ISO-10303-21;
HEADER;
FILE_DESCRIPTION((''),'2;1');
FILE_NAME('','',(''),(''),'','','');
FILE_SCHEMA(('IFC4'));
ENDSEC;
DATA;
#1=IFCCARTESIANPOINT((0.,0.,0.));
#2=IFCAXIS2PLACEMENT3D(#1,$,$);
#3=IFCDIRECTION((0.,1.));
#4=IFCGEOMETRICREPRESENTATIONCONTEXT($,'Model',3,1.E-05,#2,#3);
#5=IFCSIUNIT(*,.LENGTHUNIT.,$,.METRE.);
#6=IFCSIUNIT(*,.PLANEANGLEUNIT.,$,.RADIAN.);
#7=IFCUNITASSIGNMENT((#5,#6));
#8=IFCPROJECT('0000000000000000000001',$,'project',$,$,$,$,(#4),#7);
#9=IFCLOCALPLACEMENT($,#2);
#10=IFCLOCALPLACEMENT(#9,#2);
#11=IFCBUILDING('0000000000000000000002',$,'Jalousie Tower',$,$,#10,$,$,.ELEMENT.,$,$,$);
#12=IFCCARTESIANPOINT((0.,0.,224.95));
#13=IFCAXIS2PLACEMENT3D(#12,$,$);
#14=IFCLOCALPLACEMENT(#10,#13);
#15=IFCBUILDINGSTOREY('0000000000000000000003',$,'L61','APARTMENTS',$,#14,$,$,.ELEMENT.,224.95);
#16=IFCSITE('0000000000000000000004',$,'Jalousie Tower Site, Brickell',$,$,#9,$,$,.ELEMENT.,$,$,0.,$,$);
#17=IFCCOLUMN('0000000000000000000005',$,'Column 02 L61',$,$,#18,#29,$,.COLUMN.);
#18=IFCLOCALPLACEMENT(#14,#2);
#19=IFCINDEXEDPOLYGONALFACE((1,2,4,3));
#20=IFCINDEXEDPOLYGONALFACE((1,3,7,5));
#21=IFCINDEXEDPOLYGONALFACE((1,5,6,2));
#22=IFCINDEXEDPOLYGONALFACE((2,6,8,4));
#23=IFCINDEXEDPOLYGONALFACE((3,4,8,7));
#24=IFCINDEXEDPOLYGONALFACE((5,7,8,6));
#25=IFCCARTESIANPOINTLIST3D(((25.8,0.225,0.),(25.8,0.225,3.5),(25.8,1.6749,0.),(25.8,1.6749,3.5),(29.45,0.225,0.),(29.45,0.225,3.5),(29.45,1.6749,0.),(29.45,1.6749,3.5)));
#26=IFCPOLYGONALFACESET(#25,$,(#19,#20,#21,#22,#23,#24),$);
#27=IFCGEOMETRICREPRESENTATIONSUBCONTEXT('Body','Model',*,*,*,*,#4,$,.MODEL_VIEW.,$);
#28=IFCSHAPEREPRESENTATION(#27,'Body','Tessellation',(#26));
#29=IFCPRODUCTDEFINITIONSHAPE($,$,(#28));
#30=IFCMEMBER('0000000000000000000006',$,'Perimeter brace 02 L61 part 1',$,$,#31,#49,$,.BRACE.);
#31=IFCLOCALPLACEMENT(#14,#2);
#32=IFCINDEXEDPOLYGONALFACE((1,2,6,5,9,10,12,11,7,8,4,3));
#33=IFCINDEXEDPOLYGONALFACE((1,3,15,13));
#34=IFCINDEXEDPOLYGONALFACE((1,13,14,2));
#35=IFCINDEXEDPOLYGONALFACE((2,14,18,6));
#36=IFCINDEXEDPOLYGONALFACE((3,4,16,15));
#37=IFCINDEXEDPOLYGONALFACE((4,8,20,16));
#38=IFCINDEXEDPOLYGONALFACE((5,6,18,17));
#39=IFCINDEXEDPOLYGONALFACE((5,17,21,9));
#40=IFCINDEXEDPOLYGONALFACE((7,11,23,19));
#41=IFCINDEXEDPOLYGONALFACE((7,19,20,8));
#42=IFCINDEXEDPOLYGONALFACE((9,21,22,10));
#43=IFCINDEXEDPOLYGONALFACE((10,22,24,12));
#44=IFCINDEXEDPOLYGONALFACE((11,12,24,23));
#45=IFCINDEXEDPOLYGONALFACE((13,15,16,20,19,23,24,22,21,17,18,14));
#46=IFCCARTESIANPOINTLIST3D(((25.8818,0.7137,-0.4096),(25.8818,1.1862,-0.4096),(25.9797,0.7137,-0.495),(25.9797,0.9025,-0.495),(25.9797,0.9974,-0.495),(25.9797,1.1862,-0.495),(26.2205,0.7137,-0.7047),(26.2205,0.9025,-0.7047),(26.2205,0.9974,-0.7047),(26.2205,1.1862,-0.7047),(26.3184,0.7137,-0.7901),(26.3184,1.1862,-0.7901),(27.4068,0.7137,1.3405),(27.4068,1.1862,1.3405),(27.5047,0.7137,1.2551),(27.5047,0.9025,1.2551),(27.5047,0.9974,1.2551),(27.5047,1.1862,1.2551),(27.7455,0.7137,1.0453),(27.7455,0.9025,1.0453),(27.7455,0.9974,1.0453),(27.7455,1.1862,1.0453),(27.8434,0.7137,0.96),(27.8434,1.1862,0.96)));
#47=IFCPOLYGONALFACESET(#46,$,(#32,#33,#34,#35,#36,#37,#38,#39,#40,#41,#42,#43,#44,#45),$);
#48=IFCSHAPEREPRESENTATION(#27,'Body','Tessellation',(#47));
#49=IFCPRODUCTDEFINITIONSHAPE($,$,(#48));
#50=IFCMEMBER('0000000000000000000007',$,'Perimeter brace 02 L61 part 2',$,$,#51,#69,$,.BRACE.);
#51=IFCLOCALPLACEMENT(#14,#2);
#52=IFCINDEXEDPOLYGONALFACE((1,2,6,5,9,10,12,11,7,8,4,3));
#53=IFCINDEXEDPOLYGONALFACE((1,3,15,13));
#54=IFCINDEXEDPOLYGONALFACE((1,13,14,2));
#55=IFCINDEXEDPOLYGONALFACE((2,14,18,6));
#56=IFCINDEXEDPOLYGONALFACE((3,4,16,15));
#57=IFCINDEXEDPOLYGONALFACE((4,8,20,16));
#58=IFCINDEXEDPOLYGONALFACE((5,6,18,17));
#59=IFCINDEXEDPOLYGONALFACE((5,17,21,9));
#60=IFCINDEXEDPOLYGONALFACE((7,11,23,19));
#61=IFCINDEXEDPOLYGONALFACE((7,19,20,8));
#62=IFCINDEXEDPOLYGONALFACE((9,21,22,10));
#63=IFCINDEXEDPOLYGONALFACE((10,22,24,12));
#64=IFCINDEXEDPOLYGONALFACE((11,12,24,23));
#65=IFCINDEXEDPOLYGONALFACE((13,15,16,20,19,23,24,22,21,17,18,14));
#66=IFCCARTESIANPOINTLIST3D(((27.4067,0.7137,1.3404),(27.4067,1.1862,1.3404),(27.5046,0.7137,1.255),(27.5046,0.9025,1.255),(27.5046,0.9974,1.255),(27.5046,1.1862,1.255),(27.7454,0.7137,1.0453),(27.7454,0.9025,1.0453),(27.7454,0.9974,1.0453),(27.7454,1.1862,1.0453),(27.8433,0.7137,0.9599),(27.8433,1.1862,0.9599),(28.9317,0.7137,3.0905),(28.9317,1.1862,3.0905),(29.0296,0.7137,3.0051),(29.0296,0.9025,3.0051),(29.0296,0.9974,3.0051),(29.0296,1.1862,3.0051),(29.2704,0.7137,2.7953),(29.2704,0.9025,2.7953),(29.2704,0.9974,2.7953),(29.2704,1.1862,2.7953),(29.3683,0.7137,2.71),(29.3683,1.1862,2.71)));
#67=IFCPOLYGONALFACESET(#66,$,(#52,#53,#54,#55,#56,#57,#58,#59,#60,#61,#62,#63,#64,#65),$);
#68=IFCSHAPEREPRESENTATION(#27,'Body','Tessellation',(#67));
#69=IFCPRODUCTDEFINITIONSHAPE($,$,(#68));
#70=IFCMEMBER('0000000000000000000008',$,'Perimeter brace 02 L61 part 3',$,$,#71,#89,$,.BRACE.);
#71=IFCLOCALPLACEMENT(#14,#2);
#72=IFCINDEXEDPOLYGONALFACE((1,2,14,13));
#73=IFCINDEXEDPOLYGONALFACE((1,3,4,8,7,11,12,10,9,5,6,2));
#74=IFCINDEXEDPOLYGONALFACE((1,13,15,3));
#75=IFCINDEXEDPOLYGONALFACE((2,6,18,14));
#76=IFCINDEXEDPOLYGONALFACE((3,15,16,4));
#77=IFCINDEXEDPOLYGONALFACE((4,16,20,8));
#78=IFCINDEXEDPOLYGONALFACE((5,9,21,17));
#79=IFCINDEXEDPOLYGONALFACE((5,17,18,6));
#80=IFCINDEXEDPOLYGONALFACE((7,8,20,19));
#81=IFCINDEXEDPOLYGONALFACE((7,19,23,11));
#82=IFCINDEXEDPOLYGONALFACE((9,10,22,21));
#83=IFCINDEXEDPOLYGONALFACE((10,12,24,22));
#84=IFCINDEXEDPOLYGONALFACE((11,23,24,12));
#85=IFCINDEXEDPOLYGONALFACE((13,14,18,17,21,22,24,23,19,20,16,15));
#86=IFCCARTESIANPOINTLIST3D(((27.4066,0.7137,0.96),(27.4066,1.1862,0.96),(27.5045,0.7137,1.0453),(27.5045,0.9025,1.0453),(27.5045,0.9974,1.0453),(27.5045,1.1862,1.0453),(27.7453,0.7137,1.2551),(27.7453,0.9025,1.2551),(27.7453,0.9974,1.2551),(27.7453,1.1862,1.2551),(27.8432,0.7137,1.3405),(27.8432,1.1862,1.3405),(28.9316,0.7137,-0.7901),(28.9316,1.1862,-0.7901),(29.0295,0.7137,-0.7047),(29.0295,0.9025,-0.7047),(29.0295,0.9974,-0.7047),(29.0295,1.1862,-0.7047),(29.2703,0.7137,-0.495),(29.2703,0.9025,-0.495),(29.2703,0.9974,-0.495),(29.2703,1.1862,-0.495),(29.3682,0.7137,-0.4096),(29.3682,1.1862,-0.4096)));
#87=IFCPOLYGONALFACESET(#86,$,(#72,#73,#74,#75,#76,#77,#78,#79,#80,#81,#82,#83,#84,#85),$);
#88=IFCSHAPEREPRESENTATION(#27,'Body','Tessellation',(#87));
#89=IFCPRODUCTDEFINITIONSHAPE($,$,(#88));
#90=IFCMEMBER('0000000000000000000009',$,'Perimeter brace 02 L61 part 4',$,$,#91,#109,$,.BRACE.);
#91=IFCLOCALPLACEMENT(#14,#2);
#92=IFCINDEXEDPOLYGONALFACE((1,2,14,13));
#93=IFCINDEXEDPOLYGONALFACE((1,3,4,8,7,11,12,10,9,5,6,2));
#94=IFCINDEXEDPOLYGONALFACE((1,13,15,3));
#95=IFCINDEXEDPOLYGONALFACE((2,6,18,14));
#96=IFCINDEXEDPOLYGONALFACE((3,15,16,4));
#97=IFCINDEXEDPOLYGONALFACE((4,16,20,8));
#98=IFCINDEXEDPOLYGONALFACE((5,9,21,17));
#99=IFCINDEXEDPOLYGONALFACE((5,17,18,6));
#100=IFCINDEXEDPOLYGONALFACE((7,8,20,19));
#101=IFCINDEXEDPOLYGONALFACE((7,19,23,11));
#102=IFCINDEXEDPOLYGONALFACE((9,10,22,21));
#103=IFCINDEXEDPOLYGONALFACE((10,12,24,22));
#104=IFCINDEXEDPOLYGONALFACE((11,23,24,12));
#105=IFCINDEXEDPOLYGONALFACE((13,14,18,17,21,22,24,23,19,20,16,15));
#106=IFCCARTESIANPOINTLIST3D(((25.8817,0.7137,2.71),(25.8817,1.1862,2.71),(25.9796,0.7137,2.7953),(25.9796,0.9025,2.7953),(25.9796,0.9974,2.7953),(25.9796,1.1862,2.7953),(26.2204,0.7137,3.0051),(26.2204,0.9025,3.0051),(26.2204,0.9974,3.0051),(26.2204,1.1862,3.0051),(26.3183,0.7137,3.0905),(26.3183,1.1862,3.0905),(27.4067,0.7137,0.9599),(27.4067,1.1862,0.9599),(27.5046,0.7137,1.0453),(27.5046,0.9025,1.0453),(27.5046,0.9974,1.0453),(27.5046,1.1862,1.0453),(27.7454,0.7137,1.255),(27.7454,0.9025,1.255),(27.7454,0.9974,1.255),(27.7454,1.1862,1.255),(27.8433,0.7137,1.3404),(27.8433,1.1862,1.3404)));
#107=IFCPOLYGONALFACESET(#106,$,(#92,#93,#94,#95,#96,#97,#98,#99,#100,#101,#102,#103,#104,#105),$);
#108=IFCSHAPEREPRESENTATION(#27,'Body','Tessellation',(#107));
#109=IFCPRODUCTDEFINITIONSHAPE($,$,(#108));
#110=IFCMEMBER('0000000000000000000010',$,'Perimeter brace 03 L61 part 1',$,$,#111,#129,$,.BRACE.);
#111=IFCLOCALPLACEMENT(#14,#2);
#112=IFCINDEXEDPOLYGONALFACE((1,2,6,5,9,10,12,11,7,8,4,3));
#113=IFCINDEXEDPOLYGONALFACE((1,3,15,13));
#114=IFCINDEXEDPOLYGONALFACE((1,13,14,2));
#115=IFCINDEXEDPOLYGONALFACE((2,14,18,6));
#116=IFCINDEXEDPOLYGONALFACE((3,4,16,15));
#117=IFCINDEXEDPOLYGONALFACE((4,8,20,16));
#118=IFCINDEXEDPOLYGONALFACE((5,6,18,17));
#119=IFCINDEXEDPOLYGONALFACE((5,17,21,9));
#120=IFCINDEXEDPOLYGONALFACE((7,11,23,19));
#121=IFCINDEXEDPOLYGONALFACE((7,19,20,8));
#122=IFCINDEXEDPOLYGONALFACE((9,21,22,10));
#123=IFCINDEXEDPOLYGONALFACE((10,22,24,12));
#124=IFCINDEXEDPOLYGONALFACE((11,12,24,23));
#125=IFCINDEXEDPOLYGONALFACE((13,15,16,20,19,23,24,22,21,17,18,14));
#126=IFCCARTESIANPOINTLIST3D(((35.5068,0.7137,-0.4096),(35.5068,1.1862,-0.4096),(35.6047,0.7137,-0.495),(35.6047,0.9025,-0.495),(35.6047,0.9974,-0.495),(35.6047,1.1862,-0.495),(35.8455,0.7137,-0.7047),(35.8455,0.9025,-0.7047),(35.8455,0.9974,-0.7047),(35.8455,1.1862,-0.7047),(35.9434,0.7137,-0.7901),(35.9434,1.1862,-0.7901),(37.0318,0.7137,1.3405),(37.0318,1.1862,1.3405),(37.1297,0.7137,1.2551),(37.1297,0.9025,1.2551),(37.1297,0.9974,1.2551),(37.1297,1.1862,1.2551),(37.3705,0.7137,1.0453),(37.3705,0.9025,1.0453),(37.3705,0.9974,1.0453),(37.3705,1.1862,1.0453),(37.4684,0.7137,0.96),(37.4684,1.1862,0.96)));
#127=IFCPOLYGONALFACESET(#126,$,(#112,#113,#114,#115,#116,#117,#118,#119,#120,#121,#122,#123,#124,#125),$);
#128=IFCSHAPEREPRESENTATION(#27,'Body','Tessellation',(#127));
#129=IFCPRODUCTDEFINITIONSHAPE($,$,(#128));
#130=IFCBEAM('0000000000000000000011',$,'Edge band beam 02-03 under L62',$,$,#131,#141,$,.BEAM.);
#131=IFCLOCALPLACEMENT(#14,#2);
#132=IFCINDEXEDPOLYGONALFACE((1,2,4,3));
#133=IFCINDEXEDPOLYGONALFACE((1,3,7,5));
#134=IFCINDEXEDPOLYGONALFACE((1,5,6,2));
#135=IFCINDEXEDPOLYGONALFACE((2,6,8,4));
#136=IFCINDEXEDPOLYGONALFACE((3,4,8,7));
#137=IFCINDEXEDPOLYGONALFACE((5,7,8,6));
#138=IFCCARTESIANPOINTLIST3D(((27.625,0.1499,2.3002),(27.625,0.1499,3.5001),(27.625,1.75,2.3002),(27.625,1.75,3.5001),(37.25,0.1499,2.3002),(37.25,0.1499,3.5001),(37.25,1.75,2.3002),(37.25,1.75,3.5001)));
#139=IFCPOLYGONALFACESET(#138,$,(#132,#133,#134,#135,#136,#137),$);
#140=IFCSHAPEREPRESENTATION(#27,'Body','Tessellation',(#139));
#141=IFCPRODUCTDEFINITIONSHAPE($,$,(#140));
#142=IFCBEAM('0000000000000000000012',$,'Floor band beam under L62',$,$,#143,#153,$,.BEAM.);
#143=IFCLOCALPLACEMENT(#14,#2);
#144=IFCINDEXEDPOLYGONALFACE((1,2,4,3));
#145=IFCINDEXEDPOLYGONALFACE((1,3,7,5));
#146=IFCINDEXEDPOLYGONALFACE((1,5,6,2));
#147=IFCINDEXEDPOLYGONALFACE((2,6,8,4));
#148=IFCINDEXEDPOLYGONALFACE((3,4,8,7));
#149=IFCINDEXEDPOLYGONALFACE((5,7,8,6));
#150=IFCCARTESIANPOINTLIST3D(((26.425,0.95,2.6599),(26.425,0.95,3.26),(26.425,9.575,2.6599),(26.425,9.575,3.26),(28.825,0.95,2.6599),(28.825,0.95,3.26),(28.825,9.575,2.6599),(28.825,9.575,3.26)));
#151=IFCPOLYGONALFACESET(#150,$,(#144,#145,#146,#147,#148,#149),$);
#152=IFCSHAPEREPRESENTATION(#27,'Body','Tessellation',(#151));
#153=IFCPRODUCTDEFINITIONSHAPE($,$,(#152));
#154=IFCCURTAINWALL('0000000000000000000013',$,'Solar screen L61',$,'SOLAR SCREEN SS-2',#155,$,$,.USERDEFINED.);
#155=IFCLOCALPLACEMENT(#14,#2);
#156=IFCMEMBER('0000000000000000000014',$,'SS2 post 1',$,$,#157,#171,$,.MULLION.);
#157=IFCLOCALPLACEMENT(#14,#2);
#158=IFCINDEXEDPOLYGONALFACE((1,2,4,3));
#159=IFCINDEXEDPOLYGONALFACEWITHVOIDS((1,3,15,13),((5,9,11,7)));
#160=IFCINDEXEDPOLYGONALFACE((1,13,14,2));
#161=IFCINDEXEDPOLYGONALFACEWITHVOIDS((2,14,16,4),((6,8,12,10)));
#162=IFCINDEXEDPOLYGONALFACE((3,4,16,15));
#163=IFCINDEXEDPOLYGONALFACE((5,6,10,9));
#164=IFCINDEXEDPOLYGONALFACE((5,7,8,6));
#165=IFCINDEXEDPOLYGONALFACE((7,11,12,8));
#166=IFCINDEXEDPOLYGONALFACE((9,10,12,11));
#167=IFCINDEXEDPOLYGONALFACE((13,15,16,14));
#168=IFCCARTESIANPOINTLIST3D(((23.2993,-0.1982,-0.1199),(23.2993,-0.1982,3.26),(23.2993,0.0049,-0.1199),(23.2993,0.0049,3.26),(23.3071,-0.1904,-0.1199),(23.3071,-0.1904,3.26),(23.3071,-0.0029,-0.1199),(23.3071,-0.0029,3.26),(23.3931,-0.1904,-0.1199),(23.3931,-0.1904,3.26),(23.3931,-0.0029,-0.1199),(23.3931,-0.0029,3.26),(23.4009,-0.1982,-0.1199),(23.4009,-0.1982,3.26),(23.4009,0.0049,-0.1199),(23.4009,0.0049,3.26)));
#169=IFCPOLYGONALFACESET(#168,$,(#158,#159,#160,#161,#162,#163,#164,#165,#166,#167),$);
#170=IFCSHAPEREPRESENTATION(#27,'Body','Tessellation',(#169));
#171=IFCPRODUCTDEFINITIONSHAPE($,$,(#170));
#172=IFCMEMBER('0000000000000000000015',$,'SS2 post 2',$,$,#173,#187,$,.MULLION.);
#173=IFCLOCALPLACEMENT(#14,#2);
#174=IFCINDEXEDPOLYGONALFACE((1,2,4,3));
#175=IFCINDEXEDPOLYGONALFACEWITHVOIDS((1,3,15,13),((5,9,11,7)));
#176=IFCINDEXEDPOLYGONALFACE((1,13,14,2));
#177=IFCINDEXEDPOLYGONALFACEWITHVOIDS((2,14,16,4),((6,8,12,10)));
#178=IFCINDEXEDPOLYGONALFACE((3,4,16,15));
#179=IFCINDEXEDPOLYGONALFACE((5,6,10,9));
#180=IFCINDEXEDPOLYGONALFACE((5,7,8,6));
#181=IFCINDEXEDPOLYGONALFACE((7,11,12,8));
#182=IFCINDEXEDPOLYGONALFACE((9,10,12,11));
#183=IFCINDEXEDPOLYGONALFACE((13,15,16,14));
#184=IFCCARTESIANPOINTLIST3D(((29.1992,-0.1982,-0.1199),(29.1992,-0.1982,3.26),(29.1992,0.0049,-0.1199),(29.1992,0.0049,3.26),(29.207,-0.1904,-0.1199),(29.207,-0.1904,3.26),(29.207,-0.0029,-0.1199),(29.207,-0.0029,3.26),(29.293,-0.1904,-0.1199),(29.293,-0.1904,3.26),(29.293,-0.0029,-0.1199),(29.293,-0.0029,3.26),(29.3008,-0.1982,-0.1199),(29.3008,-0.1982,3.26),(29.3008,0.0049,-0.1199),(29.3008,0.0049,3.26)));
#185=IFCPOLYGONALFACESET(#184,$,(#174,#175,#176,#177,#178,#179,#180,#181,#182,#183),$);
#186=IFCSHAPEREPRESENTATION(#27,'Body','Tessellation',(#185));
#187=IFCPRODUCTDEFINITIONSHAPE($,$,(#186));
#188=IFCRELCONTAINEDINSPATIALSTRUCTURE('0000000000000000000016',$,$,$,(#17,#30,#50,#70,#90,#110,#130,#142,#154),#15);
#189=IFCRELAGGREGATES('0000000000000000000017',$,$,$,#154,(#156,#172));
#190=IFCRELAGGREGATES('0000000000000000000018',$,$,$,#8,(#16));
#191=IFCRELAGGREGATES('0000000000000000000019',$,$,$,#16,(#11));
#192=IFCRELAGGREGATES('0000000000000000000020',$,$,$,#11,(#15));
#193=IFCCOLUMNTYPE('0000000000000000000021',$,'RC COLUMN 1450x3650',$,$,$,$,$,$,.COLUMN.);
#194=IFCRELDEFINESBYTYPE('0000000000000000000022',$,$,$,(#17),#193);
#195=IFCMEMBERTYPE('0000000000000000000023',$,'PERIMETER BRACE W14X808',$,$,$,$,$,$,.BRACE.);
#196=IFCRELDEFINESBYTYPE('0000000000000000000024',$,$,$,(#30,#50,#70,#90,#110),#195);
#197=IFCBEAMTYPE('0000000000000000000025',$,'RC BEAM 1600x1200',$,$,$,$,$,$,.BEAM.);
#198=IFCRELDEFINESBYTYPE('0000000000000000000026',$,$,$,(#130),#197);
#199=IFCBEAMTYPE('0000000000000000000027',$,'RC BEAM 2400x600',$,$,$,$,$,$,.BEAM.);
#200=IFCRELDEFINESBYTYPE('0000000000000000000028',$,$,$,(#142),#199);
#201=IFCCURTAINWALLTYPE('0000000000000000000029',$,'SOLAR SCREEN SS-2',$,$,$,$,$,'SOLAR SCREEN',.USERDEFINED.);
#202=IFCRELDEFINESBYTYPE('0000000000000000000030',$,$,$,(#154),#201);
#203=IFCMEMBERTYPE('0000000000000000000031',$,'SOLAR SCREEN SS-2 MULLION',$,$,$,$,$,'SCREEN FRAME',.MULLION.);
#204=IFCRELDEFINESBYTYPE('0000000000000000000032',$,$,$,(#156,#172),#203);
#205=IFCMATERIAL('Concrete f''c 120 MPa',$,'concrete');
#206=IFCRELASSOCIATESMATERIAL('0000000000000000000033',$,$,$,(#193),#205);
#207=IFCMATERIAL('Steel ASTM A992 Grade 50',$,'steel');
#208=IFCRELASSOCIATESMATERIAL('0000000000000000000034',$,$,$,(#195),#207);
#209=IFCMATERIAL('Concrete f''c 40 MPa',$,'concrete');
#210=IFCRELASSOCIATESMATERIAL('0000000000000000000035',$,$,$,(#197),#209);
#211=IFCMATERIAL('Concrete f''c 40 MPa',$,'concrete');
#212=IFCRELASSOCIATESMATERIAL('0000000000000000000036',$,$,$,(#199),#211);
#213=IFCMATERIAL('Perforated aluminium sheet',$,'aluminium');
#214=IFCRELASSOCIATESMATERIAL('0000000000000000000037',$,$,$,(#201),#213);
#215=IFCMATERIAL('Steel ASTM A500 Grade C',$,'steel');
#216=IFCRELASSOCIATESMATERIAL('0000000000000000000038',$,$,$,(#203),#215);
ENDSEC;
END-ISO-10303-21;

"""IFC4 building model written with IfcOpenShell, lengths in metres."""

from ifc_helpers import new_model, si_unit, direction, frame, origin, origin_2d, place, context, subcontext, project, spatial, rectangle, hollow_rectangle, i_section, extrude, material, material_profile, profile_set, type_object, element, aggregate, save


model = new_model("IFC4")

# Units and contexts
model_context = context("Model", 3, precision=1e-05, world=origin(), true_north=direction((0.0, 1.0)))
body_context = subcontext(model_context, "Body", "Model", "MODEL_VIEW")
ifc_project = project(units=[si_unit("LENGTHUNIT", "METRE"), si_unit("PLANEANGLEUNIT", "RADIAN")], contexts=[model_context])

# Site, building, storey
site_placement = place(None, origin())
site = spatial("IfcSite", under=ifc_project, at=site_placement, Name="Jalousie Tower Site, Brickell", CompositionType="ELEMENT", RefElevation=0.0)
building_placement = place(site_placement, origin())
building = spatial("IfcBuilding", under=site, at=building_placement, Name="Jalousie Tower", CompositionType="ELEMENT")
storey_placement = place(building_placement, frame((0.0, 0.0, 224.95)))
storey = spatial("IfcBuildingStorey", under=building, at=storey_placement, Name="L61", Description="APARTMENTS", CompositionType="ELEMENT", Elevation=224.95)

# Column
ifc_material_1 = material(Name="Concrete f'c 120 MPa", Category="concrete")
ifc_material_profile_1 = material_profile(ifc_material_1, rectangle(XDim=1.45, YDim=3.6499, at=origin_2d()), Name="RC 1450x3650")
ifc_profile_set_1 = profile_set([ifc_material_profile_1], Name="Concrete f'c 120 MPa")
column_type = type_object("IfcColumnType", Name="RC COLUMN 1450x3650", PredefinedType="COLUMN", material=ifc_profile_set_1)
column_placement = place(storey_placement, frame((27.625, 0.95, 0.0), z_axis=(0.0, 0.0, 1.0), x_axis=(0.0, 1.0, 0.0)))
element("IfcColumn", 1, at=column_placement, inside=storey, type_object=column_type, Name="Column 02 L61", PredefinedType="COLUMN", context=body_context, shape_type="SweptSolid", body=[
    extrude(rectangle(XDim=1.45, YDim=3.6499, at=origin_2d()), origin(), (0.0, 0.0, 1.0), 3.5),
])

# Members
ifc_material_2 = material(Name="Steel ASTM A992 Grade 50", Category="steel")
ifc_material_profile_2 = material_profile(ifc_material_2, i_section(OverallWidth=0.4724, OverallDepth=0.5791, WebThickness=0.095, FlangeThickness=0.1299, at=origin_2d()), Name="W14X808")
ifc_profile_set_2 = profile_set([ifc_material_profile_2], Name="Steel ASTM A992 Grade 50")
member_type_1 = type_object("IfcMemberType", Name="PERIMETER BRACE W14X808", PredefinedType="BRACE", material=ifc_profile_set_2)
for number, where, z_axis, x_axis, name in (
    (2, (26.1001, 0.95, -0.5999), (0.656954, 0.0, 0.75393), (0.0, 1.0, 0.0), "Perimeter brace 02 L61 part 1"),
    (3, (27.625, 0.95, 1.1501), (0.656954, 0.0, 0.75393), (0.0, 1.0, 0.0), "Perimeter brace 02 L61 part 2"),
    (4, (29.1499, 0.95, -0.5999), (-0.656954, 0.0, 0.75393), (0.0, -1.0, 0.0), "Perimeter brace 02 L61 part 3"),
    (5, (27.625, 0.95, 1.1501), (-0.656954, 0.0, 0.75393), (0.0, -1.0, 0.0), "Perimeter brace 02 L61 part 4"),
    (6, (35.7251, 0.95, -0.5999), (0.656954, 0.0, 0.75393), (0.0, 1.0, 0.0), "Perimeter brace 03 L61 part 1"),
):
    element("IfcMember", number, at=place(storey_placement, frame(where, z_axis=z_axis, x_axis=x_axis)), inside=storey, type_object=member_type_1, Name=name, PredefinedType="BRACE", context=body_context, shape_type="SweptSolid", body=[
        extrude(i_section(OverallWidth=0.4724, OverallDepth=0.5791, WebThickness=0.095, FlangeThickness=0.1299, at=origin_2d()), origin(), (0.0, 0.0, 1.0), 2.3213),
    ])

# Beams
ifc_material_3 = material(Name="Concrete f'c 40 MPa", Category="concrete")
ifc_material_profile_3 = material_profile(ifc_material_3, rectangle(XDim=1.6001, YDim=1.2, at=origin_2d()), Name="RC 1600x1200")
ifc_profile_set_3 = profile_set([ifc_material_profile_3], Name="Concrete f'c 40 MPa")
beam_type_1 = type_object("IfcBeamType", Name="RC BEAM 1600x1200", PredefinedType="BEAM", material=ifc_profile_set_3)
beam_1_placement = place(storey_placement, frame((27.625, 0.95, 2.9001), z_axis=(1.0, 0.0, 0.0), x_axis=(0.0, 1.0, 0.0)))
element("IfcBeam", 7, at=beam_1_placement, inside=storey, type_object=beam_type_1, Name="Edge band beam 02-03 under L62", PredefinedType="BEAM", context=body_context, shape_type="SweptSolid", body=[
    extrude(rectangle(XDim=1.6001, YDim=1.2, at=origin_2d()), origin(), (0.0, 0.0, 1.0), 9.625),
])
ifc_material_4 = material(Name="Concrete f'c 40 MPa", Category="concrete")
ifc_material_profile_4 = material_profile(ifc_material_4, rectangle(XDim=2.3999, YDim=0.6001, at=origin_2d()), Name="RC 2400x600")
ifc_profile_set_4 = profile_set([ifc_material_profile_4], Name="Concrete f'c 40 MPa")
beam_type_2 = type_object("IfcBeamType", Name="RC BEAM 2400x600", PredefinedType="BEAM", material=ifc_profile_set_4)
beam_2_placement = place(storey_placement, frame((27.625, 0.95, 2.96), z_axis=(0.0, 1.0, 0.0), x_axis=(-1.0, 0.0, 0.0)))
element("IfcBeam", 8, at=beam_2_placement, inside=storey, type_object=beam_type_2, Name="Floor band beam under L62", PredefinedType="BEAM", context=body_context, shape_type="SweptSolid", body=[
    extrude(rectangle(XDim=2.3999, YDim=0.6001, at=origin_2d()), origin(), (0.0, 0.0, 1.0), 8.625),
])

# Curtain wall, members
ifc_material_5 = material(Name="Perforated aluminium sheet", Category="aluminium")
curtain_wall_type = type_object("IfcCurtainWallType", Name="SOLAR SCREEN SS-2", ElementType="SOLAR SCREEN", PredefinedType="USERDEFINED", material=ifc_material_5)
curtain_wall_1_placement = place(storey_placement, origin())
curtain_wall_1 = element("IfcCurtainWall", 9, at=curtain_wall_1_placement, inside=storey, type_object=curtain_wall_type, Name="Solar screen L61", ObjectType="SOLAR SCREEN SS-2", PredefinedType="USERDEFINED")
ifc_material_6 = material(Name="Steel ASTM A500 Grade C", Category="steel")
ifc_material_profile_5 = material_profile(ifc_material_6, hollow_rectangle(XDim=0.1016, YDim=0.2031, WallThickness=0.0078, at=origin_2d()), Name="HSS8X4X5/16")
ifc_profile_set_5 = profile_set([ifc_material_profile_5], Name="Steel ASTM A500 Grade C")
member_type_2 = type_object("IfcMemberType", Name="SOLAR SCREEN SS-2 MULLION", ElementType="SCREEN FRAME", PredefinedType="MULLION", material=ifc_profile_set_5)
member_1_placement = place(storey_placement, frame((23.3501, -0.0967, -0.1199), z_axis=(0.0, 0.0, 1.0), x_axis=(1.0, 0.0, 0.0)))
member_1 = element("IfcMember", 10, at=member_1_placement, type_object=member_type_2, Name="SS2 post 1", PredefinedType="MULLION", context=body_context, shape_type="SweptSolid", body=[
    extrude(hollow_rectangle(XDim=0.1016, YDim=0.2031, WallThickness=0.0078, at=origin_2d()), origin(), (0.0, 0.0, 1.0), 3.3799),
])
member_2_placement = place(storey_placement, frame((29.25, -0.0967, -0.1199), z_axis=(0.0, 0.0, 1.0), x_axis=(1.0, 0.0, 0.0)))
member_2 = element("IfcMember", 11, at=member_2_placement, type_object=member_type_2, Name="SS2 post 2", PredefinedType="MULLION", context=body_context, shape_type="SweptSolid", body=[
    extrude(hollow_rectangle(XDim=0.1016, YDim=0.2031, WallThickness=0.0078, at=origin_2d()), origin(), (0.0, 0.0, 1.0), 3.3799),
])

aggregate(curtain_wall_1, [member_1, member_2])

save(model, "model.ifc")
